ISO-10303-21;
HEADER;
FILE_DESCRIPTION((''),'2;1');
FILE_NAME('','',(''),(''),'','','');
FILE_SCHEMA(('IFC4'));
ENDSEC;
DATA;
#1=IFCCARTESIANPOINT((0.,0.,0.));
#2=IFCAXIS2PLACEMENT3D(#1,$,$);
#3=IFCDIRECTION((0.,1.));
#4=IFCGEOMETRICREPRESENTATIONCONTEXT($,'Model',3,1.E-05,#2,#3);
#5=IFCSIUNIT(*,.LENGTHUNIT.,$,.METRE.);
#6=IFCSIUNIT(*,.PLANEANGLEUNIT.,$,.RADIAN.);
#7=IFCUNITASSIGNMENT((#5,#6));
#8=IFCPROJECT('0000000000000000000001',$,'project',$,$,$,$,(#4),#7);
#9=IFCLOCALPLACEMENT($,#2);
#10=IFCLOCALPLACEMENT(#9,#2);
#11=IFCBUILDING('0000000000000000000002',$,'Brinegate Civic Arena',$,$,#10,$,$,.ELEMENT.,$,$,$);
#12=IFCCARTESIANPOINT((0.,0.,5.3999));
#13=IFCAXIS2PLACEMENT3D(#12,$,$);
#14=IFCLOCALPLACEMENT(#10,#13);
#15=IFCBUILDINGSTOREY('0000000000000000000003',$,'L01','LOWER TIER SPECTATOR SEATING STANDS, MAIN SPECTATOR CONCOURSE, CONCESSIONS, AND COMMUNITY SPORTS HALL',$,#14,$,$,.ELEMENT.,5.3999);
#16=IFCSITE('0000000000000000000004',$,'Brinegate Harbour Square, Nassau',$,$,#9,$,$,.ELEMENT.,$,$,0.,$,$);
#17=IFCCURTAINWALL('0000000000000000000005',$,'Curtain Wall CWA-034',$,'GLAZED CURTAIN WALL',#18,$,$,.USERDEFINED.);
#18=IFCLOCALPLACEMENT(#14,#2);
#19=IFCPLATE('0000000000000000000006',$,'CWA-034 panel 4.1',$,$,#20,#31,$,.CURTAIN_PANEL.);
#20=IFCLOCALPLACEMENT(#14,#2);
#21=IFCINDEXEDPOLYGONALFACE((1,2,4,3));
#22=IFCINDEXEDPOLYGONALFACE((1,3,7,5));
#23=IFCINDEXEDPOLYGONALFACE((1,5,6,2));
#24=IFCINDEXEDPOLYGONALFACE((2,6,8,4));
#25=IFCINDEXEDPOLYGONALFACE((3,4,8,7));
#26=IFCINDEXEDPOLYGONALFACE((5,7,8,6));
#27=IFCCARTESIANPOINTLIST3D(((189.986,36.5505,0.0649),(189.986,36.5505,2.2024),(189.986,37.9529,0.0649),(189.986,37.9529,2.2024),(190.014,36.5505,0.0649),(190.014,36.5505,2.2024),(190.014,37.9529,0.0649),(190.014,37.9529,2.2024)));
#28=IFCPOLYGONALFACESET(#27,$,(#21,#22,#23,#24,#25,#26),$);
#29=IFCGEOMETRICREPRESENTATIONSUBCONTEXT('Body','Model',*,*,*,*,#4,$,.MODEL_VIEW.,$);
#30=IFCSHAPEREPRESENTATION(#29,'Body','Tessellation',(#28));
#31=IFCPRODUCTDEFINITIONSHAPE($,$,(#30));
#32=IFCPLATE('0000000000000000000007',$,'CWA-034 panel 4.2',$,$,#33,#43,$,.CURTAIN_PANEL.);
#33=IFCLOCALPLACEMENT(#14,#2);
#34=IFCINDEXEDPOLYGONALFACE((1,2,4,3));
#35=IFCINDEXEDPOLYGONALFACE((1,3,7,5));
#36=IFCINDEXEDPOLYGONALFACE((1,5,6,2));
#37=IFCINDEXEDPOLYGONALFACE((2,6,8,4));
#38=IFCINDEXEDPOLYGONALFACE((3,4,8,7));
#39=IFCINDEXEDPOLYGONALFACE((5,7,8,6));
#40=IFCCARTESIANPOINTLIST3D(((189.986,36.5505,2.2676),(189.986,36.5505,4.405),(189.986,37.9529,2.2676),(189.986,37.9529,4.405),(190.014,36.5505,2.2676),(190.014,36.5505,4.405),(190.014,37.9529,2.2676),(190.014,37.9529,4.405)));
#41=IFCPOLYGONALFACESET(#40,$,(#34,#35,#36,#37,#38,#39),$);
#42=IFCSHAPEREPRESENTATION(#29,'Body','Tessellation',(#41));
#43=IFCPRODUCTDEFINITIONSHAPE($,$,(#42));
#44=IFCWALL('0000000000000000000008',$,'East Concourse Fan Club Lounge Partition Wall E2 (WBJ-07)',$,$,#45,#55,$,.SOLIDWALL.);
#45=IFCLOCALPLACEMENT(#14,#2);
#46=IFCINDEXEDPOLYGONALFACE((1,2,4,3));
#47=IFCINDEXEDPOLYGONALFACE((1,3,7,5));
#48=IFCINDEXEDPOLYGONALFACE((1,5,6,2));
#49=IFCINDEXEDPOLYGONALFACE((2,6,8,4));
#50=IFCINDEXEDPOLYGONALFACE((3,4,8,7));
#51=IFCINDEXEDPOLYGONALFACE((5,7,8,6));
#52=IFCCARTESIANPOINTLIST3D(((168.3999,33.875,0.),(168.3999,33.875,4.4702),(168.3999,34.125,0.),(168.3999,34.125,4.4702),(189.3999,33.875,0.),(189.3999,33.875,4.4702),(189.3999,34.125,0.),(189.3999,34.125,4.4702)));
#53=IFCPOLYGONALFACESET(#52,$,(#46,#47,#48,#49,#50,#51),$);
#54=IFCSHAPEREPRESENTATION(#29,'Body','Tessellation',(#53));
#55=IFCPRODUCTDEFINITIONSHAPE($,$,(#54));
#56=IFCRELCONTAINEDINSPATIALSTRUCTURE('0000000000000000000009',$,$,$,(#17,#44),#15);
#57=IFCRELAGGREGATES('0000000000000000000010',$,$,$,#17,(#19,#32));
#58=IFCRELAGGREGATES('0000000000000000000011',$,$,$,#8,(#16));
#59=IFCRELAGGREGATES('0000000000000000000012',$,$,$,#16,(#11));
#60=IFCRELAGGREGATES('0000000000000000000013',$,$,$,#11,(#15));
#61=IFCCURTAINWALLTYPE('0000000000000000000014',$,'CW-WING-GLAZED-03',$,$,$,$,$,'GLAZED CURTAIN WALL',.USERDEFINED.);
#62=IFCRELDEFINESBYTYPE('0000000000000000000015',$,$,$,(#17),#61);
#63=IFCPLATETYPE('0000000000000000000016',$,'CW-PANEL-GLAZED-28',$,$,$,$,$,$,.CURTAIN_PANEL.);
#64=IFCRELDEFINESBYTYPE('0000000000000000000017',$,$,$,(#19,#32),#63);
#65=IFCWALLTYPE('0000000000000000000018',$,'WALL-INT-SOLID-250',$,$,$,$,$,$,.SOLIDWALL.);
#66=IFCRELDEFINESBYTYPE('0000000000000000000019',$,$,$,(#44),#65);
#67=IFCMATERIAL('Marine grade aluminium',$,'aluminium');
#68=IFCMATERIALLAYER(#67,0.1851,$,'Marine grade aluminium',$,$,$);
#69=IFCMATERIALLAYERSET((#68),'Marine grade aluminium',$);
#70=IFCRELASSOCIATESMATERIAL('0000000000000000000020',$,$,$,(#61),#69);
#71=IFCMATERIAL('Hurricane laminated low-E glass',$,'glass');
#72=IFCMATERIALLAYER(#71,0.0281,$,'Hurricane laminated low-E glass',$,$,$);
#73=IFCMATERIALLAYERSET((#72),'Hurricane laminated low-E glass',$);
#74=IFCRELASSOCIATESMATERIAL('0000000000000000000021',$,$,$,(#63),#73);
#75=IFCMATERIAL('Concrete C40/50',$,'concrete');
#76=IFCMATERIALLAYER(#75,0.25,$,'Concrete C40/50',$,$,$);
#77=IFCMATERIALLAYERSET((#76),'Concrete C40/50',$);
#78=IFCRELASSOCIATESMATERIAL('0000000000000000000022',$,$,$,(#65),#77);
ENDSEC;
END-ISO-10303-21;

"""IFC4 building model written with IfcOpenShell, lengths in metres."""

from ifc_helpers import new_model, si_unit, direction, frame, frame_2d, origin, origin_2d, place, context, subcontext, project, spatial, rectangle, extrude, material, layer, layer_set, type_object, element, aggregate, save


model = new_model("IFC4")

# Units and contexts
model_context = context("Model", 3, precision=1e-05, world=origin(), true_north=direction((0.0, 1.0)))
body_context = subcontext(model_context, "Body", "Model", "MODEL_VIEW")
ifc_project = project(units=[si_unit("LENGTHUNIT", "METRE"), si_unit("PLANEANGLEUNIT", "RADIAN")], contexts=[model_context])

# Site, building, storey
site_placement = place(None, origin())
site = spatial("IfcSite", under=ifc_project, at=site_placement, Name="Brinegate Harbour Square, Nassau", CompositionType="ELEMENT", RefElevation=0.0)
building_placement = place(site_placement, origin())
building = spatial("IfcBuilding", under=site, at=building_placement, Name="Brinegate Civic Arena", CompositionType="ELEMENT")
storey_placement = place(building_placement, frame((0.0, 0.0, 5.3999)))
storey = spatial("IfcBuildingStorey", under=building, at=storey_placement, Name="L01", Description="LOWER TIER SPECTATOR SEATING STANDS, MAIN SPECTATOR CONCOURSE, CONCESSIONS, AND COMMUNITY SPORTS HALL", CompositionType="ELEMENT", Elevation=5.3999)

# Curtain wall, plates
ifc_material_1 = material(Name="Marine grade aluminium", Category="aluminium")
ifc_layer_1 = layer(ifc_material_1, 0.1851, Name="Marine grade aluminium")
ifc_layer_set_1 = layer_set([ifc_layer_1], Name="Marine grade aluminium")
curtain_wall_type = type_object("IfcCurtainWallType", Name="CW-WING-GLAZED-03", ElementType="GLAZED CURTAIN WALL", PredefinedType="USERDEFINED", material=ifc_layer_set_1)
curtain_wall_placement = place(storey_placement, origin())
curtain_wall = element("IfcCurtainWall", 1, at=curtain_wall_placement, inside=storey, type_object=curtain_wall_type, Name="Curtain Wall CWA-034", ObjectType="GLAZED CURTAIN WALL", PredefinedType="USERDEFINED")
ifc_material_2 = material(Name="Hurricane laminated low-E glass", Category="glass")
ifc_layer_2 = layer(ifc_material_2, 0.0281, Name="Hurricane laminated low-E glass")
ifc_layer_set_2 = layer_set([ifc_layer_2], Name="Hurricane laminated low-E glass")
plate_type = type_object("IfcPlateType", Name="CW-PANEL-GLAZED-28", PredefinedType="CURTAIN_PANEL", material=ifc_layer_set_2)
plate_1_placement = place(storey_placement, frame((190.0, 37.2517, 0.0649), z_axis=(0.0, 0.0, 1.0), x_axis=(0.0, 1.0, 0.0)))
plate_1 = element("IfcPlate", 2, at=plate_1_placement, type_object=plate_type, Name="CWA-034 panel 4.1", PredefinedType="CURTAIN_PANEL", context=body_context, shape_type="SweptSolid", body=[
    extrude(rectangle(XDim=1.4023, YDim=0.0281, at=origin_2d()), origin(), (0.0, 0.0, 1.0), 2.1375),
])
plate_2_placement = place(storey_placement, frame((190.0, 37.2517, 2.2676), z_axis=(0.0, 0.0, 1.0), x_axis=(0.0, 1.0, 0.0)))
plate_2 = element("IfcPlate", 3, at=plate_2_placement, type_object=plate_type, Name="CWA-034 panel 4.2", PredefinedType="CURTAIN_PANEL", context=body_context, shape_type="SweptSolid", body=[
    extrude(rectangle(XDim=1.4023, YDim=0.0281, at=origin_2d()), origin(), (0.0, 0.0, 1.0), 2.1375),
])
aggregate(curtain_wall, [plate_1, plate_2])

# Wall
ifc_material_3 = material(Name="Concrete C40/50", Category="concrete")
ifc_layer_3 = layer(ifc_material_3, 0.25, Name="Concrete C40/50")
ifc_layer_set_3 = layer_set([ifc_layer_3], Name="Concrete C40/50")
wall_type = type_object("IfcWallType", Name="WALL-INT-SOLID-250", PredefinedType="SOLIDWALL", material=ifc_layer_set_3)
wall_placement = place(storey_placement, frame((189.3999, 34.0, 0.0), z_axis=(0.0, 0.0, 1.0), x_axis=(-1.0, 0.0, 0.0)))
element("IfcWall", 4, at=wall_placement, inside=storey, type_object=wall_type, Name="East Concourse Fan Club Lounge Partition Wall E2 (WBJ-07)", PredefinedType="SOLIDWALL", context=body_context, shape_type="SweptSolid", body=[
    extrude(rectangle(XDim=21.0, YDim=0.25, at=frame_2d((10.5, 0.0))), origin(), (0.0, 0.0, 1.0), 4.4702),
])

save(model, "model.ifc")
